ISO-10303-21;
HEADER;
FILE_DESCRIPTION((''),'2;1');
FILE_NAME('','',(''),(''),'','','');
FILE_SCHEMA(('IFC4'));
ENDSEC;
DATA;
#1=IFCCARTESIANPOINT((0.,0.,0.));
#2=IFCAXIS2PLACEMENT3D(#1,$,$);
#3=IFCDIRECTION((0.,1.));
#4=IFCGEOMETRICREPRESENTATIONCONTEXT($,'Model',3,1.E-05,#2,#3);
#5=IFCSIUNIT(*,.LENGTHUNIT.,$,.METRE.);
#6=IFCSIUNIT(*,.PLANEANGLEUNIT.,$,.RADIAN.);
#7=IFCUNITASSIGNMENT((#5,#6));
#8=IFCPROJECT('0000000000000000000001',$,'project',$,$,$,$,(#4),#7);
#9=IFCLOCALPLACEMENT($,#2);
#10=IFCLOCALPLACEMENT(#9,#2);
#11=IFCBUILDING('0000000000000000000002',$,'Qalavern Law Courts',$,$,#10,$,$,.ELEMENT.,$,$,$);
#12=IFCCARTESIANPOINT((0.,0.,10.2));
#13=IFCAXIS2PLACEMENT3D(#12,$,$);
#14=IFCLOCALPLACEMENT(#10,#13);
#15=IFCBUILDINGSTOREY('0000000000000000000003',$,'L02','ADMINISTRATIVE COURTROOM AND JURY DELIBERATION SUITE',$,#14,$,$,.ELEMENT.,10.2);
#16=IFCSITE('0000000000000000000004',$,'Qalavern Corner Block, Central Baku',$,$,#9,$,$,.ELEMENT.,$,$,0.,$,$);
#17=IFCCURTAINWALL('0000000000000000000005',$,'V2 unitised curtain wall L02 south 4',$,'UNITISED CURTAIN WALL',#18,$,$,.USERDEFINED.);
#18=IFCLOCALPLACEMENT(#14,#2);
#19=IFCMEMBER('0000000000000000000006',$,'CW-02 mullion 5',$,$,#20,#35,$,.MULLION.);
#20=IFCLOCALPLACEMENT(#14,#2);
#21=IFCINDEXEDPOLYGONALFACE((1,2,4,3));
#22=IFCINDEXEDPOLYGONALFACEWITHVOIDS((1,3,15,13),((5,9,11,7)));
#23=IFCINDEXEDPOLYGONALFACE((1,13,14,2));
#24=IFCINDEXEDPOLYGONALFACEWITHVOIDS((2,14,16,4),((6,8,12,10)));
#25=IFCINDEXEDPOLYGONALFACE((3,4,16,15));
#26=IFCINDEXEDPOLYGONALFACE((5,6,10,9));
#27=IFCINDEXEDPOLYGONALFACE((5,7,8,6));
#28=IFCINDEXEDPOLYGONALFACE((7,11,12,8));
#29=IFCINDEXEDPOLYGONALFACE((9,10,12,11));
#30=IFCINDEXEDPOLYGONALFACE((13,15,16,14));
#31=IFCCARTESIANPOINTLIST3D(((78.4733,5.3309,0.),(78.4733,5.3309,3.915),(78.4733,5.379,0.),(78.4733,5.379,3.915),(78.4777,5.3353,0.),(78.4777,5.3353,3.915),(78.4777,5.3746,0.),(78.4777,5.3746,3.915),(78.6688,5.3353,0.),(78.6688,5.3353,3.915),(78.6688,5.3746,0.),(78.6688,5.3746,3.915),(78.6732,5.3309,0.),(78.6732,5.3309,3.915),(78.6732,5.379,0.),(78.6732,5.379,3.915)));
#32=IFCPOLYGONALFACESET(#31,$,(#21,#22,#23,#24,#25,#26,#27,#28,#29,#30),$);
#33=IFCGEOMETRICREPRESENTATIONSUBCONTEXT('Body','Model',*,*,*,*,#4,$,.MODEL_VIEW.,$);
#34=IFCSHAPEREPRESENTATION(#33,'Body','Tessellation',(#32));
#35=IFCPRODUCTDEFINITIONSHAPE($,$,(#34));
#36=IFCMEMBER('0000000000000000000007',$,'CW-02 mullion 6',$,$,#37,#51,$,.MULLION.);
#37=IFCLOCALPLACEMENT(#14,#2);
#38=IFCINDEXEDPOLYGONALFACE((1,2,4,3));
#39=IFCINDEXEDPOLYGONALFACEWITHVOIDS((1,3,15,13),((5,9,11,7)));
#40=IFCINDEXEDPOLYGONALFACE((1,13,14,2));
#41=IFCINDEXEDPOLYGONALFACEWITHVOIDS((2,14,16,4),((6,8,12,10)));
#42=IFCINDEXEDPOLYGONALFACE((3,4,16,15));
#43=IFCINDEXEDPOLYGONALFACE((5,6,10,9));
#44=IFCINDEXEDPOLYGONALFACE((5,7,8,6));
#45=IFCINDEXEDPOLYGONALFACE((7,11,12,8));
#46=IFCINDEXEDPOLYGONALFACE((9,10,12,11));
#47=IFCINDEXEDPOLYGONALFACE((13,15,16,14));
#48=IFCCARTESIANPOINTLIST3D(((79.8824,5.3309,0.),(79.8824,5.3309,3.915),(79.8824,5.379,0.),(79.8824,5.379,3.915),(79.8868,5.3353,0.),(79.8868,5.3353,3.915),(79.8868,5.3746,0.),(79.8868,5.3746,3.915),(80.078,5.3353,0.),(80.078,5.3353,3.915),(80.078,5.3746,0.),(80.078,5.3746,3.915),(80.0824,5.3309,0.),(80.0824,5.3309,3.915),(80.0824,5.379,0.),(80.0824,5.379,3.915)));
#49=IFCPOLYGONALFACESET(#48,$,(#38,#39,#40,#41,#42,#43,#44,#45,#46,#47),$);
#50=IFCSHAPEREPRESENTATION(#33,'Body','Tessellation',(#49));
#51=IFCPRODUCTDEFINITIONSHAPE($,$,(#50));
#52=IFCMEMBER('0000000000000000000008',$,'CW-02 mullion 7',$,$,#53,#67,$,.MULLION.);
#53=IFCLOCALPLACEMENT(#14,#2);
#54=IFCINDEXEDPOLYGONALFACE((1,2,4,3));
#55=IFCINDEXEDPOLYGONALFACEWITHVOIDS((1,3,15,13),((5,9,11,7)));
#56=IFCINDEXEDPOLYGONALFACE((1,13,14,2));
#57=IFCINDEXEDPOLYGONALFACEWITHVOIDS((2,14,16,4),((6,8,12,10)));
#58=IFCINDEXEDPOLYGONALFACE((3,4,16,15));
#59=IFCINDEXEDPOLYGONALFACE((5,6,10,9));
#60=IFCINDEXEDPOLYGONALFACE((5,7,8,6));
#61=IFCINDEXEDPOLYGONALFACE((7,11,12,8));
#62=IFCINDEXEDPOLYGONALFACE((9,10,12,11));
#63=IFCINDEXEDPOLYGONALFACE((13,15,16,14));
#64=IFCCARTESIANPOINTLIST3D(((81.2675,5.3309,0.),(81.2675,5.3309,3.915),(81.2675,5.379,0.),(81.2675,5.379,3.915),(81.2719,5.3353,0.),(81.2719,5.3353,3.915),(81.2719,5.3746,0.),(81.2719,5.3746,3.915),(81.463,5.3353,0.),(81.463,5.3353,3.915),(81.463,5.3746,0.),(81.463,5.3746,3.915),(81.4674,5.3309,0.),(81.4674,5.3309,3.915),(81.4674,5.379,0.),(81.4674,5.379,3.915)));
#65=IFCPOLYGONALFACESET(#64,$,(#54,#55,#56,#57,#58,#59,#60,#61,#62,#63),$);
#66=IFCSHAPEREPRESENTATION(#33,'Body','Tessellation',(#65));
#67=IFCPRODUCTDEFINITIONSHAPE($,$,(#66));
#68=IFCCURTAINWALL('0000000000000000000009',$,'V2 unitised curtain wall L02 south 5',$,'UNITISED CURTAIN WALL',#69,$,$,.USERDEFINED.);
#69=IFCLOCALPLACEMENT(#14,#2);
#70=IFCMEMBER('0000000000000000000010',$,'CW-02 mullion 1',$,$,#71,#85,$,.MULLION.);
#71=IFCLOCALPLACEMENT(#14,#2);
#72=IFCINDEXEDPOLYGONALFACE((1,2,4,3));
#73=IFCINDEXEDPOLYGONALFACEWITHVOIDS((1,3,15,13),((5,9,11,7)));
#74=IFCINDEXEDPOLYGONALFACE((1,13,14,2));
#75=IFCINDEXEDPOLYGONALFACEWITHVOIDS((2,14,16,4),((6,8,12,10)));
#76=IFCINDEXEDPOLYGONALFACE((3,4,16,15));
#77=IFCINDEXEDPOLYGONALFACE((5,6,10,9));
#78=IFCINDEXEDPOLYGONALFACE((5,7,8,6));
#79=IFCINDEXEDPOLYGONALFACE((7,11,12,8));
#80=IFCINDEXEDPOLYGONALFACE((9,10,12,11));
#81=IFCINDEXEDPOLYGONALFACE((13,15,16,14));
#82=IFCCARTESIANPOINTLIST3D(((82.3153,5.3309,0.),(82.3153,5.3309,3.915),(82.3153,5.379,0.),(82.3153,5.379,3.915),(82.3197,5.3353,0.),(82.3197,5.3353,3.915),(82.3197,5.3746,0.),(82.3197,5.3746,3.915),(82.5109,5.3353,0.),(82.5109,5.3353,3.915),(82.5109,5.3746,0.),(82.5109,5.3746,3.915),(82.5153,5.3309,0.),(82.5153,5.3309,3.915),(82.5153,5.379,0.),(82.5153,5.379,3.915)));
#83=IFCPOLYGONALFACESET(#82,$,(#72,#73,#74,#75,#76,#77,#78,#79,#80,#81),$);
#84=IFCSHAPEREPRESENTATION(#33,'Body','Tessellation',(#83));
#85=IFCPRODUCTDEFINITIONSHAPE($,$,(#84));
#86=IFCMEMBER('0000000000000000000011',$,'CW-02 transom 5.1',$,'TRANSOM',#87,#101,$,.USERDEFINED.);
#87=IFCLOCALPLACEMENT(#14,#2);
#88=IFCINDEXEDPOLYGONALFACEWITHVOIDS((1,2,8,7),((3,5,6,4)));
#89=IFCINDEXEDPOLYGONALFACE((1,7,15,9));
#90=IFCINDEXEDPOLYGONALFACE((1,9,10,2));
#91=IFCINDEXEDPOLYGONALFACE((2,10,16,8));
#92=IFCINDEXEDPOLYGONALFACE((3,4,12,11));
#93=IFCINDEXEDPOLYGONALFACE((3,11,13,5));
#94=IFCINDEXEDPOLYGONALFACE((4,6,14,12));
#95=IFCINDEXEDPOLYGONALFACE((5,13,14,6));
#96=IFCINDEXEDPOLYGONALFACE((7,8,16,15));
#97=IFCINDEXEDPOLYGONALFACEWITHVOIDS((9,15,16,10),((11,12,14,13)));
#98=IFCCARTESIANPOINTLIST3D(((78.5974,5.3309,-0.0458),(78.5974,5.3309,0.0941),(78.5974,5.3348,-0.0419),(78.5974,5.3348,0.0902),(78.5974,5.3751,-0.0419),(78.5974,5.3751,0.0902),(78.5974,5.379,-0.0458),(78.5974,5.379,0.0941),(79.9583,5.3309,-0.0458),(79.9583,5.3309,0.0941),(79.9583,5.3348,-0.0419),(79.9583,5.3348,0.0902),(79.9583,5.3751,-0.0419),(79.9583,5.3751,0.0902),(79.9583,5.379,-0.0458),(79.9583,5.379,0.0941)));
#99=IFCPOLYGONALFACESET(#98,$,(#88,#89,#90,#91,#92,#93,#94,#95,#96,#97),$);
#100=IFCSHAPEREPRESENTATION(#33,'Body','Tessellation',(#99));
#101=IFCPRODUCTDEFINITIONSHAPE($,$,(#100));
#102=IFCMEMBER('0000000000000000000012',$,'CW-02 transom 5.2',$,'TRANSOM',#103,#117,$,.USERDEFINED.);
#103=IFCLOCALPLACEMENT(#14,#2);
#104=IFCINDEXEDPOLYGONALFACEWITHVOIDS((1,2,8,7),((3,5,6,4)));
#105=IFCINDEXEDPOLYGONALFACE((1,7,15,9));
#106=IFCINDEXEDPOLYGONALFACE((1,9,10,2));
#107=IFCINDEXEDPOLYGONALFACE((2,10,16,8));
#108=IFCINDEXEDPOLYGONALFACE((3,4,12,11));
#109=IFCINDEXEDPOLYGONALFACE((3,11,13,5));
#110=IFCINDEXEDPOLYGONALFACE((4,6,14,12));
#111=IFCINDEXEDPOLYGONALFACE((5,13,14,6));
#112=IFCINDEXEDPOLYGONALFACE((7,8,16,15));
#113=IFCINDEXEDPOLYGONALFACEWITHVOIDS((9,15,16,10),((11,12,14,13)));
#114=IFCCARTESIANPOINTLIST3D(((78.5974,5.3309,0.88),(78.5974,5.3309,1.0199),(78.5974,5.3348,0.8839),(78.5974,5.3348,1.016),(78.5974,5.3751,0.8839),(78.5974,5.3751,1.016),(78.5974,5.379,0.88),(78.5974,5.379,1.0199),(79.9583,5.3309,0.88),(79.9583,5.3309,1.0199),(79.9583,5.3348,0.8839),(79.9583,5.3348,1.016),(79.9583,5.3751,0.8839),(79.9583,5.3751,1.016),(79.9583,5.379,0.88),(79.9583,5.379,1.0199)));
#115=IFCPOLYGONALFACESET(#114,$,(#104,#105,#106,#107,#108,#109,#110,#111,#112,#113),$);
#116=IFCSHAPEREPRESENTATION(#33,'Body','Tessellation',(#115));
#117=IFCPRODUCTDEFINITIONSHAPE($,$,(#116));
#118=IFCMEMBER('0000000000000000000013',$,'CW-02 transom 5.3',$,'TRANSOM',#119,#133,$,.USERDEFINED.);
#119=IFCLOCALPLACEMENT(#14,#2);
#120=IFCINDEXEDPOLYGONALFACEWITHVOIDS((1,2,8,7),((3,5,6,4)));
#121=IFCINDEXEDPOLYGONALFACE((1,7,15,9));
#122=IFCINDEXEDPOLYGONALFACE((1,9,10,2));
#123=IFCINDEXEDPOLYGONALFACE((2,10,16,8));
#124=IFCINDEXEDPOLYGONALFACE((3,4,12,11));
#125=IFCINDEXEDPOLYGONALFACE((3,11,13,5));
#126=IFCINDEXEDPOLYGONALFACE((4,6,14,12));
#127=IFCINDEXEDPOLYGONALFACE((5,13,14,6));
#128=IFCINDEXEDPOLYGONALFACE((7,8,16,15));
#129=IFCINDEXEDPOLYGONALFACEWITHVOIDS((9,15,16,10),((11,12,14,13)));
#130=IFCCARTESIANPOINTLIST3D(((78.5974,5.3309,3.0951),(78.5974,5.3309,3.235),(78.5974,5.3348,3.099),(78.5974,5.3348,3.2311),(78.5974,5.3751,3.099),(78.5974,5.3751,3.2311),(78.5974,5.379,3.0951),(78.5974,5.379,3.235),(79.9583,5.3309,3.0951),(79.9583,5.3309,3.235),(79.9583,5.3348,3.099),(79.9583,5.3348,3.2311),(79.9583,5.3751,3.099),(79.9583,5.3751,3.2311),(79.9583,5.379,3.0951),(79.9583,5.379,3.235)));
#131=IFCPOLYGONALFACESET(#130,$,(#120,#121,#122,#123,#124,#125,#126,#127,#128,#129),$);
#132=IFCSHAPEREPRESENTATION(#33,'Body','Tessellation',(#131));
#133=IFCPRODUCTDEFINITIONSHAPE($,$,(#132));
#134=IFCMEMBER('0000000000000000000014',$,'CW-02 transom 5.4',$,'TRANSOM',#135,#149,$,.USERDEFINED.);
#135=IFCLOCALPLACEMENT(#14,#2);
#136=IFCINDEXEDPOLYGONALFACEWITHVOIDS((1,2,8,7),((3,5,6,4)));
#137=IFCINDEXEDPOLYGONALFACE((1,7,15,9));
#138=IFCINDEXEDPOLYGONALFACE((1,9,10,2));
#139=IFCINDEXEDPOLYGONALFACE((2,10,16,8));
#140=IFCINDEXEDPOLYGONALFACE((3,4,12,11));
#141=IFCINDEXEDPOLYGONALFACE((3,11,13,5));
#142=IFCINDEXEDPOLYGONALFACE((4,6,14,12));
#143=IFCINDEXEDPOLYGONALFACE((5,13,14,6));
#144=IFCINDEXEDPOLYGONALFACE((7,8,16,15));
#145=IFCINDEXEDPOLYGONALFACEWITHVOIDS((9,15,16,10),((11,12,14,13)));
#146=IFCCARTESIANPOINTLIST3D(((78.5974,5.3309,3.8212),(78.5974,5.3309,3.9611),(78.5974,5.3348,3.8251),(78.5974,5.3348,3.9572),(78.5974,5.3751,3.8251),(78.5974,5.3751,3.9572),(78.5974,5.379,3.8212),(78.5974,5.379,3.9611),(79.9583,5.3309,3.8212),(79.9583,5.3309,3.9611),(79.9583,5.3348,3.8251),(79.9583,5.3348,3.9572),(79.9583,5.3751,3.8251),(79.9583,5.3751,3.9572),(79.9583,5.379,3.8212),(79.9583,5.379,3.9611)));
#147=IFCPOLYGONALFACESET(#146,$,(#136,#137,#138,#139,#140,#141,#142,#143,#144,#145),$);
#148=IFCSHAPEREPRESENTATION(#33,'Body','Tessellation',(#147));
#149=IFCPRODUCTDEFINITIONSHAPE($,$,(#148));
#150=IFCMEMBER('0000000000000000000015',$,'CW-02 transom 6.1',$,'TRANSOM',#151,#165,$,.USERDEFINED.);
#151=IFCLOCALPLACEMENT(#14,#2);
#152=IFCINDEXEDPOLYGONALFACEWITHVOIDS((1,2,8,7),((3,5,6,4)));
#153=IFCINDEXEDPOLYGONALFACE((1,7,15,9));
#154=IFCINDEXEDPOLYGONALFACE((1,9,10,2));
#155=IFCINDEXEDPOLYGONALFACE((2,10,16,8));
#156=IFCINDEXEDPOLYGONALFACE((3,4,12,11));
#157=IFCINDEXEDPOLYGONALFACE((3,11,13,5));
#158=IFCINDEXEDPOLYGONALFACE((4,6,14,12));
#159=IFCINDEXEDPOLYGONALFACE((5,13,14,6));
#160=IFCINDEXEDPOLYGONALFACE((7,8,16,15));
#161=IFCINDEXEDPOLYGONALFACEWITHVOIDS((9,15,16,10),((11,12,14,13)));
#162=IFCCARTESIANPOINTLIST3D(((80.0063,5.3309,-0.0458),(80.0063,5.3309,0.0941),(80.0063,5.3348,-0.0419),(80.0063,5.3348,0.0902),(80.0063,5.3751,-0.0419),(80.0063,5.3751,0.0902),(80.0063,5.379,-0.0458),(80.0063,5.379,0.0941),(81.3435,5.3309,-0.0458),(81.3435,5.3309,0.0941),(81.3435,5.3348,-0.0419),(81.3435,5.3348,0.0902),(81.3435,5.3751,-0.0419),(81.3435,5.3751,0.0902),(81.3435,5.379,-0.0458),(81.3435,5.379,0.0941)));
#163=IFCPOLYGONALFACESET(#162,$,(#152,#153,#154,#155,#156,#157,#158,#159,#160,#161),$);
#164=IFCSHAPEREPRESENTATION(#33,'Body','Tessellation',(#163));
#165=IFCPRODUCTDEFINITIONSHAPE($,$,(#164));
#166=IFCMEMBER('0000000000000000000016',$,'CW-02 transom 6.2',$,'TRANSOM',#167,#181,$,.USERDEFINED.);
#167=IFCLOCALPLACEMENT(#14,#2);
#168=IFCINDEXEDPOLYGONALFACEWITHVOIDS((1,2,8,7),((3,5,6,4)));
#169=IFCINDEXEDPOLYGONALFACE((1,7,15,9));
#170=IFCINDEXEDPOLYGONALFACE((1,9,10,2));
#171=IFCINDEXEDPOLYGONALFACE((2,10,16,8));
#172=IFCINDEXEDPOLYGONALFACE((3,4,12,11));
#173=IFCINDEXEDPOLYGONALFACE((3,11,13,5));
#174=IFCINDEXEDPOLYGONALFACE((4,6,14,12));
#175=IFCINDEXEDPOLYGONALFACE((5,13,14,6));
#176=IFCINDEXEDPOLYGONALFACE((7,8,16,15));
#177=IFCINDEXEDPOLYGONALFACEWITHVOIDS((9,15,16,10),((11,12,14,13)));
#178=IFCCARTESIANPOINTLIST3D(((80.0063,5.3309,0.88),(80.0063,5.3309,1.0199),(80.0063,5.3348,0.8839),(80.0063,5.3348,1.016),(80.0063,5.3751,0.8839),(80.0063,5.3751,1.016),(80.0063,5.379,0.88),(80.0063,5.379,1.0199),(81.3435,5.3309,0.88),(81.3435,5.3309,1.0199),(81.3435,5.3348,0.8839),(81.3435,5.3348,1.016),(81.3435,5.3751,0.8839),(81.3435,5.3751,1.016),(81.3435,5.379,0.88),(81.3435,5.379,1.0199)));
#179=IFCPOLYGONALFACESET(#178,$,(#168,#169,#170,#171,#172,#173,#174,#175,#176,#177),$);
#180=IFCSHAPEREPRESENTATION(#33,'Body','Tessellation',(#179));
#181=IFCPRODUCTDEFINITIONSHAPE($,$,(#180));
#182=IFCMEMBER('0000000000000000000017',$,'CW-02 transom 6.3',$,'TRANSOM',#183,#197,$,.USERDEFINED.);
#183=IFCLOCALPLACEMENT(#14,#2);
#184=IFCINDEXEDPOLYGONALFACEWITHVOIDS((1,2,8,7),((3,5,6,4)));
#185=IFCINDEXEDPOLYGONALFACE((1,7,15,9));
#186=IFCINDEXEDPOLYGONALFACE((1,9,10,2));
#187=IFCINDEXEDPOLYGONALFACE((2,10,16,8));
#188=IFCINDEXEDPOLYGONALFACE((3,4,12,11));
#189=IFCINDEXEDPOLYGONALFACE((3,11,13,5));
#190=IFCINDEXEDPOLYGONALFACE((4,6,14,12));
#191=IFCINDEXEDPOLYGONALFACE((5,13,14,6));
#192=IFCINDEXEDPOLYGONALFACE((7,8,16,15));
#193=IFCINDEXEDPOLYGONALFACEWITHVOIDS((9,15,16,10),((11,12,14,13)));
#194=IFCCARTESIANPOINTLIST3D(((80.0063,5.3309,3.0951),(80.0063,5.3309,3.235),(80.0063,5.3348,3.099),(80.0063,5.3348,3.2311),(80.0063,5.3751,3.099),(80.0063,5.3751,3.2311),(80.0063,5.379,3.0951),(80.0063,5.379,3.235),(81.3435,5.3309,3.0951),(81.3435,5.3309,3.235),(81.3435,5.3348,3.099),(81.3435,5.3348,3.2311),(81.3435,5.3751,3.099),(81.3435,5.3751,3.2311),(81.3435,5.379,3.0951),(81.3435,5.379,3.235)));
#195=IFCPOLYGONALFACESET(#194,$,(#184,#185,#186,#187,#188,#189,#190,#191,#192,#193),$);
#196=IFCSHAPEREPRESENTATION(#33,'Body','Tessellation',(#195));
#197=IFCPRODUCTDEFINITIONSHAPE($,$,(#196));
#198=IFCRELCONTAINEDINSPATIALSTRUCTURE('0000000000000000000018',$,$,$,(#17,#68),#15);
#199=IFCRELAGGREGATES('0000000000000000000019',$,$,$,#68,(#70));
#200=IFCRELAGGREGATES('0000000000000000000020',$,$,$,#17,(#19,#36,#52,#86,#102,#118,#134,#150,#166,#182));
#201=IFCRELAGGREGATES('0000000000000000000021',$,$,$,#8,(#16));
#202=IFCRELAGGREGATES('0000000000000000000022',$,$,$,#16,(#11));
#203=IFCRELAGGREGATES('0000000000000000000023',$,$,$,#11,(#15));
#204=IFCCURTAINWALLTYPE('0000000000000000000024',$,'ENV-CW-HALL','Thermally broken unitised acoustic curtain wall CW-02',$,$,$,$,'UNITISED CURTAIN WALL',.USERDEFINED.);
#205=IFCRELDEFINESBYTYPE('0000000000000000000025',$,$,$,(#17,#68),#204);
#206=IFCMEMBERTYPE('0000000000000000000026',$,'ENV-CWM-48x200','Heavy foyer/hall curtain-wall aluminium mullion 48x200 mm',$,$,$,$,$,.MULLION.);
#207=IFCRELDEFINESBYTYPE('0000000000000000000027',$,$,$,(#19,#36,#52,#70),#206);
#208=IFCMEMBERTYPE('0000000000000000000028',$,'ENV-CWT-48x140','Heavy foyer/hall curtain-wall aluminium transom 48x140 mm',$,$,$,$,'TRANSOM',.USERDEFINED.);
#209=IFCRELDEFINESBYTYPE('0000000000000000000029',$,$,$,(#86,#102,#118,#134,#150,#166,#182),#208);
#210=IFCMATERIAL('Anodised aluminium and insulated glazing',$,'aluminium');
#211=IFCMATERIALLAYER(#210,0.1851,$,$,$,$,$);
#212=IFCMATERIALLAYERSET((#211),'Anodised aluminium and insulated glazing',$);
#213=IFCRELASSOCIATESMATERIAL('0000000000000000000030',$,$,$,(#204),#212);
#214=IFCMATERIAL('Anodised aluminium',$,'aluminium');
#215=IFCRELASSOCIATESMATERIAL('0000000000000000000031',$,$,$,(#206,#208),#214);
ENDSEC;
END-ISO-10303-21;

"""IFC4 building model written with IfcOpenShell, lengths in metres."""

from ifc_helpers import new_model, si_unit, direction, frame, origin, origin_2d, place, context, subcontext, project, spatial, hollow_rectangle, extrude, material, layer, layer_set, material_profile, profile_set, type_object, element, aggregate, save


model = new_model("IFC4")

# Units and contexts
model_context = context("Model", 3, precision=1e-05, world=origin(), true_north=direction((0.0, 1.0)))
body_context = subcontext(model_context, "Body", "Model", "MODEL_VIEW")
ifc_project = project(units=[si_unit("LENGTHUNIT", "METRE"), si_unit("PLANEANGLEUNIT", "RADIAN")], contexts=[model_context])

# Site, building, storey
site_placement = place(None, origin())
site = spatial("IfcSite", under=ifc_project, at=site_placement, Name="Qalavern Corner Block, Central Baku", CompositionType="ELEMENT", RefElevation=0.0)
building_placement = place(site_placement, origin())
building = spatial("IfcBuilding", under=site, at=building_placement, Name="Qalavern Law Courts", CompositionType="ELEMENT")
storey_placement = place(building_placement, frame((0.0, 0.0, 10.2)))
storey = spatial("IfcBuildingStorey", under=building, at=storey_placement, Name="L02", Description="ADMINISTRATIVE COURTROOM AND JURY DELIBERATION SUITE", CompositionType="ELEMENT", Elevation=10.2)

# Curtain wall, members
ifc_material_1 = material(Name="Anodised aluminium and insulated glazing", Category="aluminium")
ifc_layer_1 = layer(ifc_material_1, 0.1851)
ifc_layer_set_1 = layer_set([ifc_layer_1], Name="Anodised aluminium and insulated glazing")
curtain_wall_type = type_object("IfcCurtainWallType", Name="ENV-CW-HALL", Description="Thermally broken unitised acoustic curtain wall CW-02", ElementType="UNITISED CURTAIN WALL", PredefinedType="USERDEFINED", material=ifc_layer_set_1)
curtain_wall_1_placement = place(storey_placement, origin())
curtain_wall_1 = element("IfcCurtainWall", 1, at=curtain_wall_1_placement, inside=storey, type_object=curtain_wall_type, Name="V2 unitised curtain wall L02 south 4", ObjectType="UNITISED CURTAIN WALL", PredefinedType="USERDEFINED")
ifc_material_2 = material(Name="Anodised aluminium", Category="aluminium")
ifc_material_profile_1 = material_profile(ifc_material_2, hollow_rectangle(XDim=0.0481, YDim=0.2, WallThickness=0.0044, at=origin_2d()), Name="ALU MULLION 48x200")
ifc_profile_set_1 = profile_set([ifc_material_profile_1], Name="Anodised aluminium")
member_type_1 = type_object("IfcMemberType", Name="ENV-CWM-48x200", Description="Heavy foyer/hall curtain-wall aluminium mullion 48x200 mm", PredefinedType="MULLION", material=ifc_profile_set_1)
member_1_placement = place(storey_placement, frame((78.5732, 5.355, 0.0), z_axis=(0.0, 0.0, 1.0), x_axis=(0.0, 1.0, 0.0)))
member_1 = element("IfcMember", 2, at=member_1_placement, type_object=member_type_1, Name="CW-02 mullion 5", PredefinedType="MULLION", context=body_context, shape_type="SweptSolid", body=[
    extrude(hollow_rectangle(XDim=0.0481, YDim=0.2, WallThickness=0.0044, at=origin_2d()), origin(), (0.0, 0.0, 1.0), 3.915),
])
member_2_placement = place(storey_placement, frame((79.9824, 5.355, 0.0), z_axis=(0.0, 0.0, 1.0), x_axis=(0.0, 1.0, 0.0)))
member_2 = element("IfcMember", 3, at=member_2_placement, type_object=member_type_1, Name="CW-02 mullion 6", PredefinedType="MULLION", context=body_context, shape_type="SweptSolid", body=[
    extrude(hollow_rectangle(XDim=0.0481, YDim=0.2, WallThickness=0.0044, at=origin_2d()), origin(), (0.0, 0.0, 1.0), 3.915),
])
member_3_placement = place(storey_placement, frame((81.3674, 5.355, 0.0), z_axis=(0.0, 0.0, 1.0), x_axis=(0.0, 1.0, 0.0)))
member_3 = element("IfcMember", 4, at=member_3_placement, type_object=member_type_1, Name="CW-02 mullion 7", PredefinedType="MULLION", context=body_context, shape_type="SweptSolid", body=[
    extrude(hollow_rectangle(XDim=0.0481, YDim=0.2, WallThickness=0.0044, at=origin_2d()), origin(), (0.0, 0.0, 1.0), 3.915),
])

# Curtain wall, member
curtain_wall_2_placement = place(storey_placement, origin())
curtain_wall_2 = element("IfcCurtainWall", 5, at=curtain_wall_2_placement, inside=storey, type_object=curtain_wall_type, Name="V2 unitised curtain wall L02 south 5", ObjectType="UNITISED CURTAIN WALL", PredefinedType="USERDEFINED")
member_4_placement = place(storey_placement, frame((82.4153, 5.355, 0.0), z_axis=(0.0, 0.0, 1.0), x_axis=(0.0, 1.0, 0.0)))
member_4 = element("IfcMember", 6, at=member_4_placement, type_object=member_type_1, Name="CW-02 mullion 1", PredefinedType="MULLION", context=body_context, shape_type="SweptSolid", body=[
    extrude(hollow_rectangle(XDim=0.0481, YDim=0.2, WallThickness=0.0044, at=origin_2d()), origin(), (0.0, 0.0, 1.0), 3.915),
])

# Members
ifc_material_profile_2 = material_profile(ifc_material_2, hollow_rectangle(XDim=0.0481, YDim=0.1399, WallThickness=0.0039, at=origin_2d()), Name="ALU TRANSOM 48x140")
ifc_profile_set_2 = profile_set([ifc_material_profile_2], Name="Anodised aluminium")
member_type_2 = type_object("IfcMemberType", Name="ENV-CWT-48x140", Description="Heavy foyer/hall curtain-wall aluminium transom 48x140 mm", ElementType="TRANSOM", PredefinedType="USERDEFINED", material=ifc_profile_set_2)
member_5_placement = place(storey_placement, frame((78.5974, 5.355, 0.0242), z_axis=(1.0, 0.0, 0.0), x_axis=(0.0, 1.0, 0.0)))
member_5 = element("IfcMember", 7, at=member_5_placement, type_object=member_type_2, Name="CW-02 transom 5.1", ObjectType="TRANSOM", PredefinedType="USERDEFINED", context=body_context, shape_type="SweptSolid", body=[
    extrude(hollow_rectangle(XDim=0.0481, YDim=0.1399, WallThickness=0.0039, at=origin_2d()), origin(), (0.0, 0.0, 1.0), 1.3608),
])
member_6_placement = place(storey_placement, frame((78.5974, 5.355, 0.95), z_axis=(1.0, 0.0, 0.0), x_axis=(0.0, 1.0, 0.0)))
member_6 = element("IfcMember", 8, at=member_6_placement, type_object=member_type_2, Name="CW-02 transom 5.2", ObjectType="TRANSOM", PredefinedType="USERDEFINED", context=body_context, shape_type="SweptSolid", body=[
    extrude(hollow_rectangle(XDim=0.0481, YDim=0.1399, WallThickness=0.0039, at=origin_2d()), origin(), (0.0, 0.0, 1.0), 1.3608),
])
member_7_placement = place(storey_placement, frame((78.5974, 5.355, 3.165), z_axis=(1.0, 0.0, 0.0), x_axis=(0.0, 1.0, 0.0)))
member_7 = element("IfcMember", 9, at=member_7_placement, type_object=member_type_2, Name="CW-02 transom 5.3", ObjectType="TRANSOM", PredefinedType="USERDEFINED", context=body_context, shape_type="SweptSolid", body=[
    extrude(hollow_rectangle(XDim=0.0481, YDim=0.1399, WallThickness=0.0039, at=origin_2d()), origin(), (0.0, 0.0, 1.0), 1.3608),
])
member_8_placement = place(storey_placement, frame((78.5974, 5.355, 3.8911), z_axis=(1.0, 0.0, 0.0), x_axis=(0.0, 1.0, 0.0)))
member_8 = element("IfcMember", 10, at=member_8_placement, type_object=member_type_2, Name="CW-02 transom 5.4", ObjectType="TRANSOM", PredefinedType="USERDEFINED", context=body_context, shape_type="SweptSolid", body=[
    extrude(hollow_rectangle(XDim=0.0481, YDim=0.1399, WallThickness=0.0039, at=origin_2d()), origin(), (0.0, 0.0, 1.0), 1.3608),
])
member_9_placement = place(storey_placement, frame((80.0063, 5.355, 0.0242), z_axis=(1.0, 0.0, 0.0), x_axis=(0.0, 1.0, 0.0)))
member_9 = element("IfcMember", 11, at=member_9_placement, type_object=member_type_2, Name="CW-02 transom 6.1", ObjectType="TRANSOM", PredefinedType="USERDEFINED", context=body_context, shape_type="SweptSolid", body=[
    extrude(hollow_rectangle(XDim=0.0481, YDim=0.1399, WallThickness=0.0039, at=origin_2d()), origin(), (0.0, 0.0, 1.0), 1.3372),
])
member_10_placement = place(storey_placement, frame((80.0063, 5.355, 0.95), z_axis=(1.0, 0.0, 0.0), x_axis=(0.0, 1.0, 0.0)))
member_10 = element("IfcMember", 12, at=member_10_placement, type_object=member_type_2, Name="CW-02 transom 6.2", ObjectType="TRANSOM", PredefinedType="USERDEFINED", context=body_context, shape_type="SweptSolid", body=[
    extrude(hollow_rectangle(XDim=0.0481, YDim=0.1399, WallThickness=0.0039, at=origin_2d()), origin(), (0.0, 0.0, 1.0), 1.3372),
])
member_11_placement = place(storey_placement, frame((80.0063, 5.355, 3.165), z_axis=(1.0, 0.0, 0.0), x_axis=(0.0, 1.0, 0.0)))
member_11 = element("IfcMember", 13, at=member_11_placement, type_object=member_type_2, Name="CW-02 transom 6.3", ObjectType="TRANSOM", PredefinedType="USERDEFINED", context=body_context, shape_type="SweptSolid", body=[
    extrude(hollow_rectangle(XDim=0.0481, YDim=0.1399, WallThickness=0.0039, at=origin_2d()), origin(), (0.0, 0.0, 1.0), 1.3372),
])
aggregate(curtain_wall_2, [member_4])

aggregate(curtain_wall_1, [member_1, member_2, member_3, member_5, member_6, member_7, member_8, member_9, member_10, member_11])

save(model, "model.ifc")
